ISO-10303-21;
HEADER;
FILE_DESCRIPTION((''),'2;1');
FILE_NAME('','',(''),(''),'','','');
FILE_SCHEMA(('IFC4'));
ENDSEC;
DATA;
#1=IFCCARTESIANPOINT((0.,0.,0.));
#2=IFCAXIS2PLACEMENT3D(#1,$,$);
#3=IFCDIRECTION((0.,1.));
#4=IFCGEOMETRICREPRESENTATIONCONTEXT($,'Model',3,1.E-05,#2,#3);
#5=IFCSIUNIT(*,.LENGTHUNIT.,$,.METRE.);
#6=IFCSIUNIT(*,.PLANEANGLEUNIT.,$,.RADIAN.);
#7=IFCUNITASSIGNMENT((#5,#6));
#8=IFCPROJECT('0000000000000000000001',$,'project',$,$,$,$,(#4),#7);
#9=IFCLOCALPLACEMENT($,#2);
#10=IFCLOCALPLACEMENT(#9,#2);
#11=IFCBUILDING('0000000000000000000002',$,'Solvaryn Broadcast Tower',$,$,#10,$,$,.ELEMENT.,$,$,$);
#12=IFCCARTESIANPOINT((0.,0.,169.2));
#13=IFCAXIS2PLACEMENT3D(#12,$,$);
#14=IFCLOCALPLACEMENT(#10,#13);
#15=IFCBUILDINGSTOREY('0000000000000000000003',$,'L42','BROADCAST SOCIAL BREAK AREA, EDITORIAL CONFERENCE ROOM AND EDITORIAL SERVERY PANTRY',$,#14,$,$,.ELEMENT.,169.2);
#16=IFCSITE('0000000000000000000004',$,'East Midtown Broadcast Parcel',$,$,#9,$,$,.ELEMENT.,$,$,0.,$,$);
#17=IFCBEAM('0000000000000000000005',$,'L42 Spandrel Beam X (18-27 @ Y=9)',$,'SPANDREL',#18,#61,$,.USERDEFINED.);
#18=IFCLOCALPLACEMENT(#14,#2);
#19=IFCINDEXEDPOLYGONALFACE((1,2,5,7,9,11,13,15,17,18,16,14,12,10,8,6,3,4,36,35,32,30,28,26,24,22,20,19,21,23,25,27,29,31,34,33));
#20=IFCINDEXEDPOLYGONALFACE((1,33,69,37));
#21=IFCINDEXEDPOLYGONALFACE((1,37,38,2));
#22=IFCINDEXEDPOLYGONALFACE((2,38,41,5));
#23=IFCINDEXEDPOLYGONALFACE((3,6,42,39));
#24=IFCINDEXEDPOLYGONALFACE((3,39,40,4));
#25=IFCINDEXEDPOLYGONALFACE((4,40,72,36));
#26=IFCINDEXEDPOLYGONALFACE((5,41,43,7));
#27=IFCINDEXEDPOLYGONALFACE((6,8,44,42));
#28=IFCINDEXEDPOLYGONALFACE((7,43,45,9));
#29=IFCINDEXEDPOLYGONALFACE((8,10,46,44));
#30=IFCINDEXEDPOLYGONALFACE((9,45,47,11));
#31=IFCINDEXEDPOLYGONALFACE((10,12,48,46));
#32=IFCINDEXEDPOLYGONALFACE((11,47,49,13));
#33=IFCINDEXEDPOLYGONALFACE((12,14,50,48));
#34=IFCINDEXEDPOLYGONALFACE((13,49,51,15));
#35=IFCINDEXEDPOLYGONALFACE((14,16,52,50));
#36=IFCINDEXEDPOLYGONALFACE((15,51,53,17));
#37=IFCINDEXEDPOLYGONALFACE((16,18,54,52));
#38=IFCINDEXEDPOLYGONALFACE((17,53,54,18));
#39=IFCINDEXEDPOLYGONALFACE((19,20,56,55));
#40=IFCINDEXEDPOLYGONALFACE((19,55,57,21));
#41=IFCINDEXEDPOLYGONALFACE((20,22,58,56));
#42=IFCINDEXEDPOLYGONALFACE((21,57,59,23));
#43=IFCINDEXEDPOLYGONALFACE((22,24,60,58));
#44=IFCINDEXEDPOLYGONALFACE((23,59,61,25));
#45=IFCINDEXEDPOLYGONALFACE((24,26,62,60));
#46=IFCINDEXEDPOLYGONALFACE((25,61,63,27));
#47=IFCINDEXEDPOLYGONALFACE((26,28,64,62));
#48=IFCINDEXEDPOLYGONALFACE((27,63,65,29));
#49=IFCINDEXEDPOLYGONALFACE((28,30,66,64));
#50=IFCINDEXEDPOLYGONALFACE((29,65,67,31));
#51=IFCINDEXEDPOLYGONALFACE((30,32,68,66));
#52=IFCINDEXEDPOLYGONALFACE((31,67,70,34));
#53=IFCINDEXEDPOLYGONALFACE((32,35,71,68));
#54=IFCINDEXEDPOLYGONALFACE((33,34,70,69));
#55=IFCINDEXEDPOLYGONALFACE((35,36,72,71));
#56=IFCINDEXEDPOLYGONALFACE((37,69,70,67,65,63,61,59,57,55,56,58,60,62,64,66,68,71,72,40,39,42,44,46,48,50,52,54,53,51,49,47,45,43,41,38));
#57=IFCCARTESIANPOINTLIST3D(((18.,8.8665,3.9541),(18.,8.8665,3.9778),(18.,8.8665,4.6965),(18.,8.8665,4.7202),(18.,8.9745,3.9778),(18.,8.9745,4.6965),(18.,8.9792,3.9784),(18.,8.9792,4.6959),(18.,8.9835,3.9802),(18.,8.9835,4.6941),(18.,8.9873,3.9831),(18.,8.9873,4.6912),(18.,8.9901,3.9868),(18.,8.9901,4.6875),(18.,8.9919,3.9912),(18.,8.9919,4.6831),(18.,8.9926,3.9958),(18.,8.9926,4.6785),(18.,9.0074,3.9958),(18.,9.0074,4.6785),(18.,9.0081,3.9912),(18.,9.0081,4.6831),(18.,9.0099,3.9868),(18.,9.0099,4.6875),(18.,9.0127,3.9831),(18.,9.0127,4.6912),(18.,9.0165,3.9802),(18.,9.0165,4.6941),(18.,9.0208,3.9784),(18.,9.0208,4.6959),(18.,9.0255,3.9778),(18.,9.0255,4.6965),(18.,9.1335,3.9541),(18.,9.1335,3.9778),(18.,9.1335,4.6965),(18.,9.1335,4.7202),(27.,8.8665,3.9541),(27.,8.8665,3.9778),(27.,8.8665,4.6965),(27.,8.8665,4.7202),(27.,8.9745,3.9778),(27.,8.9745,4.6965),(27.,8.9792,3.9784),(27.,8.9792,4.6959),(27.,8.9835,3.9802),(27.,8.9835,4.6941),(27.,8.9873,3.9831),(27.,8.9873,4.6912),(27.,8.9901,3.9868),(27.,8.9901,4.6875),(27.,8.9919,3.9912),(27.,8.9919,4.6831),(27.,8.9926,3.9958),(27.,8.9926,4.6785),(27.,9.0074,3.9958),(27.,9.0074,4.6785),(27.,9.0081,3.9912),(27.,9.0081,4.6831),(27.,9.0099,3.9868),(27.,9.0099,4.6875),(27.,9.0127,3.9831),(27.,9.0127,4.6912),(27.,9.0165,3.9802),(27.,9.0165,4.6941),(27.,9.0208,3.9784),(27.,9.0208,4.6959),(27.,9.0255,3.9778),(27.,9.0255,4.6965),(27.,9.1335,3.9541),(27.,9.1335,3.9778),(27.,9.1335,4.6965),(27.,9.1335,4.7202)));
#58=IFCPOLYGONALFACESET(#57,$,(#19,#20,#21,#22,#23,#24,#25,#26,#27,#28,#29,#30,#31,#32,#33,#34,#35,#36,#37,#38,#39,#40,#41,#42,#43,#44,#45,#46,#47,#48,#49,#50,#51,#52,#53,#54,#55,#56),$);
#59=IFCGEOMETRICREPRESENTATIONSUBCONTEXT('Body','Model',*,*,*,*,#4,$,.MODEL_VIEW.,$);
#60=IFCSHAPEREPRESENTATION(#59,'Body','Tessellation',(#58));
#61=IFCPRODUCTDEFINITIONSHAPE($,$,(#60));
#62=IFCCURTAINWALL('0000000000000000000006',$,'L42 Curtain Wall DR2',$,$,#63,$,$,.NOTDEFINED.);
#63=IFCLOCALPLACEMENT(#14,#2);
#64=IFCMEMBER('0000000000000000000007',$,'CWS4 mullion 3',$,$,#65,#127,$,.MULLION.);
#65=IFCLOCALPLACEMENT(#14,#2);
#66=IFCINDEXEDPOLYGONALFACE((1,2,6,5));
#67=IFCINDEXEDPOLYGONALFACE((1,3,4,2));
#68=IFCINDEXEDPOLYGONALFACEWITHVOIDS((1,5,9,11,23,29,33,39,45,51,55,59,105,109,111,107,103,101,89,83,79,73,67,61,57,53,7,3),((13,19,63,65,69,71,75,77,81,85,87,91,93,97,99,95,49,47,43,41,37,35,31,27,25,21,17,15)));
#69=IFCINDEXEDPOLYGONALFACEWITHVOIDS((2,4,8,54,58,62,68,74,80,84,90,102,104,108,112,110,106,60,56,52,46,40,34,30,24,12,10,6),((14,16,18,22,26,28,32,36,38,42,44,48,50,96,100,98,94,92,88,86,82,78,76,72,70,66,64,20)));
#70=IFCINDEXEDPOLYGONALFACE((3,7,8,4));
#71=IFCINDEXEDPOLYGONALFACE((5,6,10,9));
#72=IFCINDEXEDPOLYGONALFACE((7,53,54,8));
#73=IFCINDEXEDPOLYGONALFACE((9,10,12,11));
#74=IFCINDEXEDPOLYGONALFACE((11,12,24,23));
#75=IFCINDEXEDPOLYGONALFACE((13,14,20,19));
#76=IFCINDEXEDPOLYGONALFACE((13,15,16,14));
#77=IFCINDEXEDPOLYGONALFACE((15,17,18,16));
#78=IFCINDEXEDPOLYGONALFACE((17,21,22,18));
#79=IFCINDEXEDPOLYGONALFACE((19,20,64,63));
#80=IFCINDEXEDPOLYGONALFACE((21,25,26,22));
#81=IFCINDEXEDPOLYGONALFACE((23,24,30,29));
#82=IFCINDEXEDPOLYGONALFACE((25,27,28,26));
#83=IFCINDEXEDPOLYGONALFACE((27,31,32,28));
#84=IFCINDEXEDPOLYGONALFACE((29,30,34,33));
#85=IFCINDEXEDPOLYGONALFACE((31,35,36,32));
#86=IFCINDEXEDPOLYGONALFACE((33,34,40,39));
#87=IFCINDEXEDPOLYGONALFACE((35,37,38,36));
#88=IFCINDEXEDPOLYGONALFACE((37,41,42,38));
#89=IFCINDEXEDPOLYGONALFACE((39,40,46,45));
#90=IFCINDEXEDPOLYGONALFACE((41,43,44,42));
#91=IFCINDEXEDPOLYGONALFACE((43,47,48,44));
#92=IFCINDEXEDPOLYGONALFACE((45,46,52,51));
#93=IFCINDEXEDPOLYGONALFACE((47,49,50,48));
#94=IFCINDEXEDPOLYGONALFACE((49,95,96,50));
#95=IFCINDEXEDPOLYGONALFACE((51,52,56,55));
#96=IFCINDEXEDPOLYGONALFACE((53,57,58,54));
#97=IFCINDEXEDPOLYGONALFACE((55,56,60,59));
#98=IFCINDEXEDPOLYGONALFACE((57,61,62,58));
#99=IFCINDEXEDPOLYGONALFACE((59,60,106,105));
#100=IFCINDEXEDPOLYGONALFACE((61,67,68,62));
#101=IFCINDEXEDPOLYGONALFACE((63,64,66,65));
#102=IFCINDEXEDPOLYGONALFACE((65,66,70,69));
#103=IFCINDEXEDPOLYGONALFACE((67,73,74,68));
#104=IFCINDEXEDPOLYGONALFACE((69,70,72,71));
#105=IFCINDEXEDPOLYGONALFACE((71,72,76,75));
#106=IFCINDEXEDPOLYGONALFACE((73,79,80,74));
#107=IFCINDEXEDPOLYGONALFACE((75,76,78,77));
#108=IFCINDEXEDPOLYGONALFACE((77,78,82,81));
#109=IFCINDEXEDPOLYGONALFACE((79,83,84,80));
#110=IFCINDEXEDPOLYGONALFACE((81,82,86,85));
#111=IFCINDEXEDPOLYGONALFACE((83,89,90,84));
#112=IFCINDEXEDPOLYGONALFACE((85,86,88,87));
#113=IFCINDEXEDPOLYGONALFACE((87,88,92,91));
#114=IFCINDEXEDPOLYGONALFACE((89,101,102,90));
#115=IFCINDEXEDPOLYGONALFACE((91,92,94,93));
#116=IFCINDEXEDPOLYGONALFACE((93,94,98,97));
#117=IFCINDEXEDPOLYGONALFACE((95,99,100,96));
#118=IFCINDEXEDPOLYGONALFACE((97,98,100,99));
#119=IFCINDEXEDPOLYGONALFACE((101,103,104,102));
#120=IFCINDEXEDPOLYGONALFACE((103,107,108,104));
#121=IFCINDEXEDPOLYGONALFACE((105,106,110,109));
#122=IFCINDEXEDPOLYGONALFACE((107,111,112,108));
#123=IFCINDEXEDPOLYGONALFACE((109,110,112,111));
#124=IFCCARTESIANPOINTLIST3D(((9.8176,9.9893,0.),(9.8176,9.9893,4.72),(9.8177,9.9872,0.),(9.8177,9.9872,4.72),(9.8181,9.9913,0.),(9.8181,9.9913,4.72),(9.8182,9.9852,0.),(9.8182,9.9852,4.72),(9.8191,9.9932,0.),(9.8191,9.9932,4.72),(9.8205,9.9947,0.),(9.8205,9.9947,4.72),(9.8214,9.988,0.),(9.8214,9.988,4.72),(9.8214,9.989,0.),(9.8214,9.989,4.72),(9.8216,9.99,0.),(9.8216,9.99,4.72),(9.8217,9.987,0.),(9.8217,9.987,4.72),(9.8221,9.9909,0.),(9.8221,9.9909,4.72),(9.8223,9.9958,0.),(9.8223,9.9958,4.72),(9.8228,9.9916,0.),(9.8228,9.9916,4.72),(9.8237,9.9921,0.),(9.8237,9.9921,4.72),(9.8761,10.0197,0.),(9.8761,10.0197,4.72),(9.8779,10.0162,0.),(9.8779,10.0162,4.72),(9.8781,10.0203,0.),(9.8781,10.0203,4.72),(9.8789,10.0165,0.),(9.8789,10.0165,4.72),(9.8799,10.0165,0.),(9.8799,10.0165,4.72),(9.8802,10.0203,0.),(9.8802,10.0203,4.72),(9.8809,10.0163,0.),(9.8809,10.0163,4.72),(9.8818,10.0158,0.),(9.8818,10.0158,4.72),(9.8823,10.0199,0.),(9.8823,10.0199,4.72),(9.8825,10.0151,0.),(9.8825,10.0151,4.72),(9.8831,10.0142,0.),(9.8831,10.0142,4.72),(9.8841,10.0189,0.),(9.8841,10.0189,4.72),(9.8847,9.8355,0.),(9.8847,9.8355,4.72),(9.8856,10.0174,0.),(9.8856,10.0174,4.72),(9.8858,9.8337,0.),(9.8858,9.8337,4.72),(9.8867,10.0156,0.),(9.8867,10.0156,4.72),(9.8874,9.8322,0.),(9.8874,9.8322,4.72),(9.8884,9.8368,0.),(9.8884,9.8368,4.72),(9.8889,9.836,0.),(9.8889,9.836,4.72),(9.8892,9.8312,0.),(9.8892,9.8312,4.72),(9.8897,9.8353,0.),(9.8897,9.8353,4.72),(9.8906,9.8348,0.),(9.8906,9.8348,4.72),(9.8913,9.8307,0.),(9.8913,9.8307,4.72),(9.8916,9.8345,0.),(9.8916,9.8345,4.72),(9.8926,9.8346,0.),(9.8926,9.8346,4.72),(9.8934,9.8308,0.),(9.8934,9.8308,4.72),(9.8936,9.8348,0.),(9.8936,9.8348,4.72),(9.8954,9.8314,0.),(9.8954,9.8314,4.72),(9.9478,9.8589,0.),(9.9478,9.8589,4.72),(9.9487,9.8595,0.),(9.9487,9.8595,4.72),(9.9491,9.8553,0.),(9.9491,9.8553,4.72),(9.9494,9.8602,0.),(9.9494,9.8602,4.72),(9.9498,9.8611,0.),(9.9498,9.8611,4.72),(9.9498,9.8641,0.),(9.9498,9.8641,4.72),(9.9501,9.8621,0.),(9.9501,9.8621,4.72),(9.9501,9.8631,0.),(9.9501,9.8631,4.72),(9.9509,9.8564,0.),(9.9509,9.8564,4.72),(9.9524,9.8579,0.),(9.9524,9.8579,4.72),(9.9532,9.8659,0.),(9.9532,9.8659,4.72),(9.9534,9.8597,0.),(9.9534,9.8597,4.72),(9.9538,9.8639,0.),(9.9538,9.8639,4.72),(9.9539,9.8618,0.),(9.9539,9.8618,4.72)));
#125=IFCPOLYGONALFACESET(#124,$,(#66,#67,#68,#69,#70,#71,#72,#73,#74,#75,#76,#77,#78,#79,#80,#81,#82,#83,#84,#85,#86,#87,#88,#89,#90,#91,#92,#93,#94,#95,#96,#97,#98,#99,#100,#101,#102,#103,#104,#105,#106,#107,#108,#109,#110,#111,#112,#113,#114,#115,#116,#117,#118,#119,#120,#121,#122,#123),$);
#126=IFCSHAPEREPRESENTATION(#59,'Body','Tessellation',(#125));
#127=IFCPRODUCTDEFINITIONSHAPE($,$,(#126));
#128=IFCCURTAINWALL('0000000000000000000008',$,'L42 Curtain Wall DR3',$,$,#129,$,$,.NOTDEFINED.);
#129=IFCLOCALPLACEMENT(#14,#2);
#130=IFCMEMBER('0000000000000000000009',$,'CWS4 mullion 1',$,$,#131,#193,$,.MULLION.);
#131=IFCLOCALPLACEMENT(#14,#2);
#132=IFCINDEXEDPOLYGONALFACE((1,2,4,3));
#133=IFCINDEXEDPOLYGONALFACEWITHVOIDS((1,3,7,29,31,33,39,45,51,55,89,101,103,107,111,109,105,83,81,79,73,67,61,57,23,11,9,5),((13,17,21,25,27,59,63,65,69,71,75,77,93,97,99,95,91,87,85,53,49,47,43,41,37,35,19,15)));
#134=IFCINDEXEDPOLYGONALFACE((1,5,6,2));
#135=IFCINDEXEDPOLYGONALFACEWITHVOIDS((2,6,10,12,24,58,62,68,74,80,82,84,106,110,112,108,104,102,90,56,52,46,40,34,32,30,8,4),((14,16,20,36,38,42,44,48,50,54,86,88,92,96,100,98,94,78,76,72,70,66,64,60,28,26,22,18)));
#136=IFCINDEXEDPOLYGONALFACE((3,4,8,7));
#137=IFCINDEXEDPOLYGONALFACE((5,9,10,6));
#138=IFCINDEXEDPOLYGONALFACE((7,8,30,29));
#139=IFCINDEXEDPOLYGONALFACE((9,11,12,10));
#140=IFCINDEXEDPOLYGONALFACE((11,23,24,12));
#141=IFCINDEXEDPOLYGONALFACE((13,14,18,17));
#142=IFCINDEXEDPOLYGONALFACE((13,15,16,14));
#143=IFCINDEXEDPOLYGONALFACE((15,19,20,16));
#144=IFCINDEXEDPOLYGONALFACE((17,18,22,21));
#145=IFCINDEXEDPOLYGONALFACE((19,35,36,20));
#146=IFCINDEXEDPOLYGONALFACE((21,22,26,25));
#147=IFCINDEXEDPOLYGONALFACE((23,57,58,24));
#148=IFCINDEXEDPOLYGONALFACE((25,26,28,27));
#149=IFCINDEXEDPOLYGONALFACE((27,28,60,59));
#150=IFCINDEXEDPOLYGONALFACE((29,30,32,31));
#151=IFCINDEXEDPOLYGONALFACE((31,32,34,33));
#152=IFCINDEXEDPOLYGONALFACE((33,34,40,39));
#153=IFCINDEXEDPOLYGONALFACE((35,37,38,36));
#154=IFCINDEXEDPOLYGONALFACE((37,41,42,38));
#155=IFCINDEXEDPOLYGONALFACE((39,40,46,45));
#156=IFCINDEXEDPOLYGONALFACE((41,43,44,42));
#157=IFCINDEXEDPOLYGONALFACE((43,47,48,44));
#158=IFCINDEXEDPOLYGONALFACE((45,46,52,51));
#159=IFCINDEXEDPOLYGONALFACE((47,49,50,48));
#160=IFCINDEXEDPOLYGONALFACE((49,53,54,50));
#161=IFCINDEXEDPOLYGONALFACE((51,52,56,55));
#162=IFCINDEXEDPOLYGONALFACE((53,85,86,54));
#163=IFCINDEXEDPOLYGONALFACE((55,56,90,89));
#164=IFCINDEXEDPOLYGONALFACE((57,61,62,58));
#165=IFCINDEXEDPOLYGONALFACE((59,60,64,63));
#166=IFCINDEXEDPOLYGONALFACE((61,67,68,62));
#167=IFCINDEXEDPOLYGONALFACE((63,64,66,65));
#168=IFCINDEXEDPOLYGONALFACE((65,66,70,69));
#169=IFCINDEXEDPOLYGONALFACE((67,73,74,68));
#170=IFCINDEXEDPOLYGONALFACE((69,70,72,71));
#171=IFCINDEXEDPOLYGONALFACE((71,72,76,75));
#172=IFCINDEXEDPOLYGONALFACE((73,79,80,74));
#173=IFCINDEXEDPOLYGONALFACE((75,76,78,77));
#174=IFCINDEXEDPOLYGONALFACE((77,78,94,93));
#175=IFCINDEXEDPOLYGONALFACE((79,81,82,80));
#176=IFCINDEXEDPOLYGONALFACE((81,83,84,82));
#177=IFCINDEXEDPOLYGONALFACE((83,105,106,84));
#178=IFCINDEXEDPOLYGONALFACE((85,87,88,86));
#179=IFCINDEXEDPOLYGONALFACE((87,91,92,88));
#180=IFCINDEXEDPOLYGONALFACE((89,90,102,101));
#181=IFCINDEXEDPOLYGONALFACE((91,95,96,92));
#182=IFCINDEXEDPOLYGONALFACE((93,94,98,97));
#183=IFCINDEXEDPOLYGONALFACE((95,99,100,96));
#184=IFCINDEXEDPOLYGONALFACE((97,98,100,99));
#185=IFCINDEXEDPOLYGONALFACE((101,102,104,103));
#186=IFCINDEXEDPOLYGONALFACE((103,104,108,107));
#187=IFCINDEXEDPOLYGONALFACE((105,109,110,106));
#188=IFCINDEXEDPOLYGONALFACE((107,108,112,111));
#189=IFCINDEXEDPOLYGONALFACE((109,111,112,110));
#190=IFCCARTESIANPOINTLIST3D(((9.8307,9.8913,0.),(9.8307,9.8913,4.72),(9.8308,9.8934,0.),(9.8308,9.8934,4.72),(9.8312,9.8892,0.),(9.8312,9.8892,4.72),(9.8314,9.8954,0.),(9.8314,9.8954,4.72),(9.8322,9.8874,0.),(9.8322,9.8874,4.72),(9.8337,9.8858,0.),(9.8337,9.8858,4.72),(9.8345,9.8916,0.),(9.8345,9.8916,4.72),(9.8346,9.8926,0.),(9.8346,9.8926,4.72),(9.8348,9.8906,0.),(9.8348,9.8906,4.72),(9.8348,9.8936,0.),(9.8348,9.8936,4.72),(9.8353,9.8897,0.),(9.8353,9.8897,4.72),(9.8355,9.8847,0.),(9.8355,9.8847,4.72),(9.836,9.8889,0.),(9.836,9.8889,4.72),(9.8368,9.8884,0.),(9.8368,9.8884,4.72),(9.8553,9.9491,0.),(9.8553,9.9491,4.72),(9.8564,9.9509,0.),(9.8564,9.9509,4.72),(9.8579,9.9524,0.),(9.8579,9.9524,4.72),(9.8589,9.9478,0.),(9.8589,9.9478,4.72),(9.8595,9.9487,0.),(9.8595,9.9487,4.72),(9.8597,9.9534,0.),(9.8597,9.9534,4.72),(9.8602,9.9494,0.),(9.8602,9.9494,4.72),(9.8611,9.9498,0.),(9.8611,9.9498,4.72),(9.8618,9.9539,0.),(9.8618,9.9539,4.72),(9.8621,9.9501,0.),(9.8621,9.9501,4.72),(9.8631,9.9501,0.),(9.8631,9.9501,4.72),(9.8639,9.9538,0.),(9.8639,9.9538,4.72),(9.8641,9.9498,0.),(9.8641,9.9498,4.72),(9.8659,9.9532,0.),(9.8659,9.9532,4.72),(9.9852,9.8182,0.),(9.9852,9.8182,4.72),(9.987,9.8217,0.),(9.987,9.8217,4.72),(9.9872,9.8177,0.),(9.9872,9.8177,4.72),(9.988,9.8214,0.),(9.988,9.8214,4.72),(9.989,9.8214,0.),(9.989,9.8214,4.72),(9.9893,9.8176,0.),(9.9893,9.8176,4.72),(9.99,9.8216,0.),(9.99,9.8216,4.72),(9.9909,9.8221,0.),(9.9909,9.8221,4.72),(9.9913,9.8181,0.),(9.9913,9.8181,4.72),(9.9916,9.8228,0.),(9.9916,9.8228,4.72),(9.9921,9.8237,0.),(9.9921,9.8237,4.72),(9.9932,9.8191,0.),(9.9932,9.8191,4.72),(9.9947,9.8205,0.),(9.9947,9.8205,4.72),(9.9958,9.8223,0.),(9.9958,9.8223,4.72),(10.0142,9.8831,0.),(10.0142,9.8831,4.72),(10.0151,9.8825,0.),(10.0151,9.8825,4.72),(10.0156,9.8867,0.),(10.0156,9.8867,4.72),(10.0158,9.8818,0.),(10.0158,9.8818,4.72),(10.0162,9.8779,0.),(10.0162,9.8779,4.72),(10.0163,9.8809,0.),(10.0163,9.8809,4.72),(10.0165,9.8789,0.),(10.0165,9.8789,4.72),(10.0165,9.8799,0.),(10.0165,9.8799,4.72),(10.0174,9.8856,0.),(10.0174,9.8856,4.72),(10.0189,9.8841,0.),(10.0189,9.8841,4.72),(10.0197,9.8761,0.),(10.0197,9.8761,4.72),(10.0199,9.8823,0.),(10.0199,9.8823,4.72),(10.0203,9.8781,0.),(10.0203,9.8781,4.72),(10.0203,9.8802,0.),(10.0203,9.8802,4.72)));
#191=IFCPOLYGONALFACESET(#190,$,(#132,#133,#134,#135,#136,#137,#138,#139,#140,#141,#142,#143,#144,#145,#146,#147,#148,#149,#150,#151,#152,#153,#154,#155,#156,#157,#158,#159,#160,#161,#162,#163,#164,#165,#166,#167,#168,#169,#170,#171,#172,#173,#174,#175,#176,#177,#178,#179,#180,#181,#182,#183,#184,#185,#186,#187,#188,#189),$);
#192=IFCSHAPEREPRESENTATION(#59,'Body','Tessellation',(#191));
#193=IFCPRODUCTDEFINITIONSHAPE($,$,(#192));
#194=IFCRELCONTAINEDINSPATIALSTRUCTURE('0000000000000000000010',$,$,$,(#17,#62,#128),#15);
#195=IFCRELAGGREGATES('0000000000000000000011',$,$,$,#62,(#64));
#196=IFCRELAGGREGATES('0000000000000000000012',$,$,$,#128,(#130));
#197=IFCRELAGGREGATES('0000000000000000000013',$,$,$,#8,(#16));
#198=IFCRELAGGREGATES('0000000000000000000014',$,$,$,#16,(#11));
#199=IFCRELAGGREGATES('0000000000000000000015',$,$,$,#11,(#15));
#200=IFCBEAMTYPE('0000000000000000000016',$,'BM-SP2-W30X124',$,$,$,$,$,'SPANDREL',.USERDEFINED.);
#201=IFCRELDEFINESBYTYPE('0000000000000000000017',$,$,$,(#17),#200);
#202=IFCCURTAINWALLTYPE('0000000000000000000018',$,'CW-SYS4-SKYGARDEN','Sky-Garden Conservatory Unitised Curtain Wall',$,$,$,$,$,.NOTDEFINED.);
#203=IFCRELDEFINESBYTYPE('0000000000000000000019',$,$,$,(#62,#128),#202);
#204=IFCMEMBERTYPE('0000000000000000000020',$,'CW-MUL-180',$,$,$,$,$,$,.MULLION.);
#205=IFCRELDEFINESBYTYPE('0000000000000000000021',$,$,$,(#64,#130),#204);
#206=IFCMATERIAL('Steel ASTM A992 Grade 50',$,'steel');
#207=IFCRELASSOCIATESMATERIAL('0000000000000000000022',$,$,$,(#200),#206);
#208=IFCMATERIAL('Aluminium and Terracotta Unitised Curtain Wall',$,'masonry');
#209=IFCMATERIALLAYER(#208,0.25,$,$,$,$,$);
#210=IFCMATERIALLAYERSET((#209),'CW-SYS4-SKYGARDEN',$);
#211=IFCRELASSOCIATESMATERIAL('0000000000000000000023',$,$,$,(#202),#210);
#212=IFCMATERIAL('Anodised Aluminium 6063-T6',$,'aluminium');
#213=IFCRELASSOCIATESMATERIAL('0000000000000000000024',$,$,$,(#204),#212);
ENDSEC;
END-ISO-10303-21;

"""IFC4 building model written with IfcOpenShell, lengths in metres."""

from ifc_helpers import new_model, si_unit, direction, frame, origin, origin_2d, place, context, subcontext, project, spatial, hollow_rectangle, i_section, extrude, material, layer, layer_set, material_profile, profile_set, type_object, element, aggregate, save


model = new_model("IFC4")

# Units and contexts
model_context = context("Model", 3, precision=1e-05, world=origin(), true_north=direction((0.0, 1.0)))
body_context = subcontext(model_context, "Body", "Model", "MODEL_VIEW")
ifc_project = project(units=[si_unit("LENGTHUNIT", "METRE"), si_unit("PLANEANGLEUNIT", "RADIAN")], contexts=[model_context])

# Site, building, storey
site_placement = place(None, origin())
site = spatial("IfcSite", under=ifc_project, at=site_placement, Name="East Midtown Broadcast Parcel", CompositionType="ELEMENT", RefElevation=0.0)
building_placement = place(site_placement, origin())
building = spatial("IfcBuilding", under=site, at=building_placement, Name="Solvaryn Broadcast Tower", CompositionType="ELEMENT")
storey_placement = place(building_placement, frame((0.0, 0.0, 169.2)))
storey = spatial("IfcBuildingStorey", under=building, at=storey_placement, Name="L42", Description="BROADCAST SOCIAL BREAK AREA, EDITORIAL CONFERENCE ROOM AND EDITORIAL SERVERY PANTRY", CompositionType="ELEMENT", Elevation=169.2)

# Beam
ifc_material_1 = material(Name="Steel ASTM A992 Grade 50", Category="steel")
ifc_material_profile_1 = material_profile(ifc_material_1, i_section(OverallWidth=0.2671, OverallDepth=0.7661, WebThickness=0.0149, FlangeThickness=0.0237, FilletRadius=0.0181, at=origin_2d()))
ifc_profile_set_1 = profile_set([ifc_material_profile_1], Name="Steel ASTM A992 Grade 50")
beam_type_1 = type_object("IfcBeamType", Name="BM-SP2-W30X124", ElementType="SPANDREL", PredefinedType="USERDEFINED", material=ifc_profile_set_1)
beam_1_placement = place(storey_placement, frame((18.0, 9.0, 4.3372), z_axis=(1.0, 0.0, 0.0), x_axis=(0.0, 1.0, 0.0)))
element("IfcBeam", 1, at=beam_1_placement, inside=storey, type_object=beam_type_1, Name="L42 Spandrel Beam X (18-27 @ Y=9)", ObjectType="SPANDREL", PredefinedType="USERDEFINED", context=body_context, shape_type="SweptSolid", body=[
    extrude(i_section(OverallWidth=0.2671, OverallDepth=0.7661, WebThickness=0.0149, FlangeThickness=0.0237, FilletRadius=0.0181, at=origin_2d()), origin(), (0.0, 0.0, 1.0), 9.0),
])

# Curtain wall, member
ifc_material_2 = material(Name="Aluminium and Terracotta Unitised Curtain Wall", Category="masonry")
ifc_layer_1 = layer(ifc_material_2, 0.25)
ifc_layer_set_1 = layer_set([ifc_layer_1], Name="CW-SYS4-SKYGARDEN")
curtain_wall_type = type_object("IfcCurtainWallType", Name="CW-SYS4-SKYGARDEN", Description="Sky-Garden Conservatory Unitised Curtain Wall", PredefinedType="NOTDEFINED", material=ifc_layer_set_1)
curtain_wall_1_placement = place(storey_placement, origin())
curtain_wall_1 = element("IfcCurtainWall", 2, at=curtain_wall_1_placement, inside=storey, type_object=curtain_wall_type, Name="L42 Curtain Wall DR2", PredefinedType="NOTDEFINED")
ifc_material_3 = material(Name="Anodised Aluminium 6063-T6", Category="aluminium")
ifc_material_profile_2 = material_profile(ifc_material_3, hollow_rectangle(XDim=0.075, YDim=0.1799, WallThickness=0.0039, InnerFilletRadius=0.0039, OuterFilletRadius=0.0081, at=origin_2d()))
ifc_profile_set_2 = profile_set([ifc_material_profile_2], Name="Anodised Aluminium 6063-T6")
member_type_1 = type_object("IfcMemberType", Name="CW-MUL-180", PredefinedType="MULLION", material=ifc_profile_set_2)
member_1_placement = place(storey_placement, frame((9.8857, 9.9255, 0.0), z_axis=(0.0, 0.0, 1.0), x_axis=(0.913917, 0.405901, 0.0)))
member_1 = element("IfcMember", 3, at=member_1_placement, type_object=member_type_1, Name="CWS4 mullion 3", PredefinedType="MULLION", context=body_context, shape_type="SweptSolid", body=[
    extrude(hollow_rectangle(XDim=0.075, YDim=0.1799, WallThickness=0.0039, InnerFilletRadius=0.0039, OuterFilletRadius=0.0081, at=origin_2d()), origin(), (0.0, 0.0, 1.0), 4.72),
])

# Curtain wall, member
curtain_wall_2_placement = place(storey_placement, origin())
curtain_wall_2 = element("IfcCurtainWall", 4, at=curtain_wall_2_placement, inside=storey, type_object=curtain_wall_type, Name="L42 Curtain Wall DR3", PredefinedType="NOTDEFINED")
member_2_placement = place(storey_placement, frame((9.9255, 9.8857, 0.0), z_axis=(0.0, 0.0, 1.0), x_axis=(0.405901, 0.913917, 0.0)))
member_2 = element("IfcMember", 5, at=member_2_placement, type_object=member_type_1, Name="CWS4 mullion 1", PredefinedType="MULLION", context=body_context, shape_type="SweptSolid", body=[
    extrude(hollow_rectangle(XDim=0.075, YDim=0.1799, WallThickness=0.0039, InnerFilletRadius=0.0039, OuterFilletRadius=0.0081, at=origin_2d()), origin(), (0.0, 0.0, 1.0), 4.72),
])

aggregate(curtain_wall_1, [member_1])
aggregate(curtain_wall_2, [member_2])

save(model, "model.ifc")
